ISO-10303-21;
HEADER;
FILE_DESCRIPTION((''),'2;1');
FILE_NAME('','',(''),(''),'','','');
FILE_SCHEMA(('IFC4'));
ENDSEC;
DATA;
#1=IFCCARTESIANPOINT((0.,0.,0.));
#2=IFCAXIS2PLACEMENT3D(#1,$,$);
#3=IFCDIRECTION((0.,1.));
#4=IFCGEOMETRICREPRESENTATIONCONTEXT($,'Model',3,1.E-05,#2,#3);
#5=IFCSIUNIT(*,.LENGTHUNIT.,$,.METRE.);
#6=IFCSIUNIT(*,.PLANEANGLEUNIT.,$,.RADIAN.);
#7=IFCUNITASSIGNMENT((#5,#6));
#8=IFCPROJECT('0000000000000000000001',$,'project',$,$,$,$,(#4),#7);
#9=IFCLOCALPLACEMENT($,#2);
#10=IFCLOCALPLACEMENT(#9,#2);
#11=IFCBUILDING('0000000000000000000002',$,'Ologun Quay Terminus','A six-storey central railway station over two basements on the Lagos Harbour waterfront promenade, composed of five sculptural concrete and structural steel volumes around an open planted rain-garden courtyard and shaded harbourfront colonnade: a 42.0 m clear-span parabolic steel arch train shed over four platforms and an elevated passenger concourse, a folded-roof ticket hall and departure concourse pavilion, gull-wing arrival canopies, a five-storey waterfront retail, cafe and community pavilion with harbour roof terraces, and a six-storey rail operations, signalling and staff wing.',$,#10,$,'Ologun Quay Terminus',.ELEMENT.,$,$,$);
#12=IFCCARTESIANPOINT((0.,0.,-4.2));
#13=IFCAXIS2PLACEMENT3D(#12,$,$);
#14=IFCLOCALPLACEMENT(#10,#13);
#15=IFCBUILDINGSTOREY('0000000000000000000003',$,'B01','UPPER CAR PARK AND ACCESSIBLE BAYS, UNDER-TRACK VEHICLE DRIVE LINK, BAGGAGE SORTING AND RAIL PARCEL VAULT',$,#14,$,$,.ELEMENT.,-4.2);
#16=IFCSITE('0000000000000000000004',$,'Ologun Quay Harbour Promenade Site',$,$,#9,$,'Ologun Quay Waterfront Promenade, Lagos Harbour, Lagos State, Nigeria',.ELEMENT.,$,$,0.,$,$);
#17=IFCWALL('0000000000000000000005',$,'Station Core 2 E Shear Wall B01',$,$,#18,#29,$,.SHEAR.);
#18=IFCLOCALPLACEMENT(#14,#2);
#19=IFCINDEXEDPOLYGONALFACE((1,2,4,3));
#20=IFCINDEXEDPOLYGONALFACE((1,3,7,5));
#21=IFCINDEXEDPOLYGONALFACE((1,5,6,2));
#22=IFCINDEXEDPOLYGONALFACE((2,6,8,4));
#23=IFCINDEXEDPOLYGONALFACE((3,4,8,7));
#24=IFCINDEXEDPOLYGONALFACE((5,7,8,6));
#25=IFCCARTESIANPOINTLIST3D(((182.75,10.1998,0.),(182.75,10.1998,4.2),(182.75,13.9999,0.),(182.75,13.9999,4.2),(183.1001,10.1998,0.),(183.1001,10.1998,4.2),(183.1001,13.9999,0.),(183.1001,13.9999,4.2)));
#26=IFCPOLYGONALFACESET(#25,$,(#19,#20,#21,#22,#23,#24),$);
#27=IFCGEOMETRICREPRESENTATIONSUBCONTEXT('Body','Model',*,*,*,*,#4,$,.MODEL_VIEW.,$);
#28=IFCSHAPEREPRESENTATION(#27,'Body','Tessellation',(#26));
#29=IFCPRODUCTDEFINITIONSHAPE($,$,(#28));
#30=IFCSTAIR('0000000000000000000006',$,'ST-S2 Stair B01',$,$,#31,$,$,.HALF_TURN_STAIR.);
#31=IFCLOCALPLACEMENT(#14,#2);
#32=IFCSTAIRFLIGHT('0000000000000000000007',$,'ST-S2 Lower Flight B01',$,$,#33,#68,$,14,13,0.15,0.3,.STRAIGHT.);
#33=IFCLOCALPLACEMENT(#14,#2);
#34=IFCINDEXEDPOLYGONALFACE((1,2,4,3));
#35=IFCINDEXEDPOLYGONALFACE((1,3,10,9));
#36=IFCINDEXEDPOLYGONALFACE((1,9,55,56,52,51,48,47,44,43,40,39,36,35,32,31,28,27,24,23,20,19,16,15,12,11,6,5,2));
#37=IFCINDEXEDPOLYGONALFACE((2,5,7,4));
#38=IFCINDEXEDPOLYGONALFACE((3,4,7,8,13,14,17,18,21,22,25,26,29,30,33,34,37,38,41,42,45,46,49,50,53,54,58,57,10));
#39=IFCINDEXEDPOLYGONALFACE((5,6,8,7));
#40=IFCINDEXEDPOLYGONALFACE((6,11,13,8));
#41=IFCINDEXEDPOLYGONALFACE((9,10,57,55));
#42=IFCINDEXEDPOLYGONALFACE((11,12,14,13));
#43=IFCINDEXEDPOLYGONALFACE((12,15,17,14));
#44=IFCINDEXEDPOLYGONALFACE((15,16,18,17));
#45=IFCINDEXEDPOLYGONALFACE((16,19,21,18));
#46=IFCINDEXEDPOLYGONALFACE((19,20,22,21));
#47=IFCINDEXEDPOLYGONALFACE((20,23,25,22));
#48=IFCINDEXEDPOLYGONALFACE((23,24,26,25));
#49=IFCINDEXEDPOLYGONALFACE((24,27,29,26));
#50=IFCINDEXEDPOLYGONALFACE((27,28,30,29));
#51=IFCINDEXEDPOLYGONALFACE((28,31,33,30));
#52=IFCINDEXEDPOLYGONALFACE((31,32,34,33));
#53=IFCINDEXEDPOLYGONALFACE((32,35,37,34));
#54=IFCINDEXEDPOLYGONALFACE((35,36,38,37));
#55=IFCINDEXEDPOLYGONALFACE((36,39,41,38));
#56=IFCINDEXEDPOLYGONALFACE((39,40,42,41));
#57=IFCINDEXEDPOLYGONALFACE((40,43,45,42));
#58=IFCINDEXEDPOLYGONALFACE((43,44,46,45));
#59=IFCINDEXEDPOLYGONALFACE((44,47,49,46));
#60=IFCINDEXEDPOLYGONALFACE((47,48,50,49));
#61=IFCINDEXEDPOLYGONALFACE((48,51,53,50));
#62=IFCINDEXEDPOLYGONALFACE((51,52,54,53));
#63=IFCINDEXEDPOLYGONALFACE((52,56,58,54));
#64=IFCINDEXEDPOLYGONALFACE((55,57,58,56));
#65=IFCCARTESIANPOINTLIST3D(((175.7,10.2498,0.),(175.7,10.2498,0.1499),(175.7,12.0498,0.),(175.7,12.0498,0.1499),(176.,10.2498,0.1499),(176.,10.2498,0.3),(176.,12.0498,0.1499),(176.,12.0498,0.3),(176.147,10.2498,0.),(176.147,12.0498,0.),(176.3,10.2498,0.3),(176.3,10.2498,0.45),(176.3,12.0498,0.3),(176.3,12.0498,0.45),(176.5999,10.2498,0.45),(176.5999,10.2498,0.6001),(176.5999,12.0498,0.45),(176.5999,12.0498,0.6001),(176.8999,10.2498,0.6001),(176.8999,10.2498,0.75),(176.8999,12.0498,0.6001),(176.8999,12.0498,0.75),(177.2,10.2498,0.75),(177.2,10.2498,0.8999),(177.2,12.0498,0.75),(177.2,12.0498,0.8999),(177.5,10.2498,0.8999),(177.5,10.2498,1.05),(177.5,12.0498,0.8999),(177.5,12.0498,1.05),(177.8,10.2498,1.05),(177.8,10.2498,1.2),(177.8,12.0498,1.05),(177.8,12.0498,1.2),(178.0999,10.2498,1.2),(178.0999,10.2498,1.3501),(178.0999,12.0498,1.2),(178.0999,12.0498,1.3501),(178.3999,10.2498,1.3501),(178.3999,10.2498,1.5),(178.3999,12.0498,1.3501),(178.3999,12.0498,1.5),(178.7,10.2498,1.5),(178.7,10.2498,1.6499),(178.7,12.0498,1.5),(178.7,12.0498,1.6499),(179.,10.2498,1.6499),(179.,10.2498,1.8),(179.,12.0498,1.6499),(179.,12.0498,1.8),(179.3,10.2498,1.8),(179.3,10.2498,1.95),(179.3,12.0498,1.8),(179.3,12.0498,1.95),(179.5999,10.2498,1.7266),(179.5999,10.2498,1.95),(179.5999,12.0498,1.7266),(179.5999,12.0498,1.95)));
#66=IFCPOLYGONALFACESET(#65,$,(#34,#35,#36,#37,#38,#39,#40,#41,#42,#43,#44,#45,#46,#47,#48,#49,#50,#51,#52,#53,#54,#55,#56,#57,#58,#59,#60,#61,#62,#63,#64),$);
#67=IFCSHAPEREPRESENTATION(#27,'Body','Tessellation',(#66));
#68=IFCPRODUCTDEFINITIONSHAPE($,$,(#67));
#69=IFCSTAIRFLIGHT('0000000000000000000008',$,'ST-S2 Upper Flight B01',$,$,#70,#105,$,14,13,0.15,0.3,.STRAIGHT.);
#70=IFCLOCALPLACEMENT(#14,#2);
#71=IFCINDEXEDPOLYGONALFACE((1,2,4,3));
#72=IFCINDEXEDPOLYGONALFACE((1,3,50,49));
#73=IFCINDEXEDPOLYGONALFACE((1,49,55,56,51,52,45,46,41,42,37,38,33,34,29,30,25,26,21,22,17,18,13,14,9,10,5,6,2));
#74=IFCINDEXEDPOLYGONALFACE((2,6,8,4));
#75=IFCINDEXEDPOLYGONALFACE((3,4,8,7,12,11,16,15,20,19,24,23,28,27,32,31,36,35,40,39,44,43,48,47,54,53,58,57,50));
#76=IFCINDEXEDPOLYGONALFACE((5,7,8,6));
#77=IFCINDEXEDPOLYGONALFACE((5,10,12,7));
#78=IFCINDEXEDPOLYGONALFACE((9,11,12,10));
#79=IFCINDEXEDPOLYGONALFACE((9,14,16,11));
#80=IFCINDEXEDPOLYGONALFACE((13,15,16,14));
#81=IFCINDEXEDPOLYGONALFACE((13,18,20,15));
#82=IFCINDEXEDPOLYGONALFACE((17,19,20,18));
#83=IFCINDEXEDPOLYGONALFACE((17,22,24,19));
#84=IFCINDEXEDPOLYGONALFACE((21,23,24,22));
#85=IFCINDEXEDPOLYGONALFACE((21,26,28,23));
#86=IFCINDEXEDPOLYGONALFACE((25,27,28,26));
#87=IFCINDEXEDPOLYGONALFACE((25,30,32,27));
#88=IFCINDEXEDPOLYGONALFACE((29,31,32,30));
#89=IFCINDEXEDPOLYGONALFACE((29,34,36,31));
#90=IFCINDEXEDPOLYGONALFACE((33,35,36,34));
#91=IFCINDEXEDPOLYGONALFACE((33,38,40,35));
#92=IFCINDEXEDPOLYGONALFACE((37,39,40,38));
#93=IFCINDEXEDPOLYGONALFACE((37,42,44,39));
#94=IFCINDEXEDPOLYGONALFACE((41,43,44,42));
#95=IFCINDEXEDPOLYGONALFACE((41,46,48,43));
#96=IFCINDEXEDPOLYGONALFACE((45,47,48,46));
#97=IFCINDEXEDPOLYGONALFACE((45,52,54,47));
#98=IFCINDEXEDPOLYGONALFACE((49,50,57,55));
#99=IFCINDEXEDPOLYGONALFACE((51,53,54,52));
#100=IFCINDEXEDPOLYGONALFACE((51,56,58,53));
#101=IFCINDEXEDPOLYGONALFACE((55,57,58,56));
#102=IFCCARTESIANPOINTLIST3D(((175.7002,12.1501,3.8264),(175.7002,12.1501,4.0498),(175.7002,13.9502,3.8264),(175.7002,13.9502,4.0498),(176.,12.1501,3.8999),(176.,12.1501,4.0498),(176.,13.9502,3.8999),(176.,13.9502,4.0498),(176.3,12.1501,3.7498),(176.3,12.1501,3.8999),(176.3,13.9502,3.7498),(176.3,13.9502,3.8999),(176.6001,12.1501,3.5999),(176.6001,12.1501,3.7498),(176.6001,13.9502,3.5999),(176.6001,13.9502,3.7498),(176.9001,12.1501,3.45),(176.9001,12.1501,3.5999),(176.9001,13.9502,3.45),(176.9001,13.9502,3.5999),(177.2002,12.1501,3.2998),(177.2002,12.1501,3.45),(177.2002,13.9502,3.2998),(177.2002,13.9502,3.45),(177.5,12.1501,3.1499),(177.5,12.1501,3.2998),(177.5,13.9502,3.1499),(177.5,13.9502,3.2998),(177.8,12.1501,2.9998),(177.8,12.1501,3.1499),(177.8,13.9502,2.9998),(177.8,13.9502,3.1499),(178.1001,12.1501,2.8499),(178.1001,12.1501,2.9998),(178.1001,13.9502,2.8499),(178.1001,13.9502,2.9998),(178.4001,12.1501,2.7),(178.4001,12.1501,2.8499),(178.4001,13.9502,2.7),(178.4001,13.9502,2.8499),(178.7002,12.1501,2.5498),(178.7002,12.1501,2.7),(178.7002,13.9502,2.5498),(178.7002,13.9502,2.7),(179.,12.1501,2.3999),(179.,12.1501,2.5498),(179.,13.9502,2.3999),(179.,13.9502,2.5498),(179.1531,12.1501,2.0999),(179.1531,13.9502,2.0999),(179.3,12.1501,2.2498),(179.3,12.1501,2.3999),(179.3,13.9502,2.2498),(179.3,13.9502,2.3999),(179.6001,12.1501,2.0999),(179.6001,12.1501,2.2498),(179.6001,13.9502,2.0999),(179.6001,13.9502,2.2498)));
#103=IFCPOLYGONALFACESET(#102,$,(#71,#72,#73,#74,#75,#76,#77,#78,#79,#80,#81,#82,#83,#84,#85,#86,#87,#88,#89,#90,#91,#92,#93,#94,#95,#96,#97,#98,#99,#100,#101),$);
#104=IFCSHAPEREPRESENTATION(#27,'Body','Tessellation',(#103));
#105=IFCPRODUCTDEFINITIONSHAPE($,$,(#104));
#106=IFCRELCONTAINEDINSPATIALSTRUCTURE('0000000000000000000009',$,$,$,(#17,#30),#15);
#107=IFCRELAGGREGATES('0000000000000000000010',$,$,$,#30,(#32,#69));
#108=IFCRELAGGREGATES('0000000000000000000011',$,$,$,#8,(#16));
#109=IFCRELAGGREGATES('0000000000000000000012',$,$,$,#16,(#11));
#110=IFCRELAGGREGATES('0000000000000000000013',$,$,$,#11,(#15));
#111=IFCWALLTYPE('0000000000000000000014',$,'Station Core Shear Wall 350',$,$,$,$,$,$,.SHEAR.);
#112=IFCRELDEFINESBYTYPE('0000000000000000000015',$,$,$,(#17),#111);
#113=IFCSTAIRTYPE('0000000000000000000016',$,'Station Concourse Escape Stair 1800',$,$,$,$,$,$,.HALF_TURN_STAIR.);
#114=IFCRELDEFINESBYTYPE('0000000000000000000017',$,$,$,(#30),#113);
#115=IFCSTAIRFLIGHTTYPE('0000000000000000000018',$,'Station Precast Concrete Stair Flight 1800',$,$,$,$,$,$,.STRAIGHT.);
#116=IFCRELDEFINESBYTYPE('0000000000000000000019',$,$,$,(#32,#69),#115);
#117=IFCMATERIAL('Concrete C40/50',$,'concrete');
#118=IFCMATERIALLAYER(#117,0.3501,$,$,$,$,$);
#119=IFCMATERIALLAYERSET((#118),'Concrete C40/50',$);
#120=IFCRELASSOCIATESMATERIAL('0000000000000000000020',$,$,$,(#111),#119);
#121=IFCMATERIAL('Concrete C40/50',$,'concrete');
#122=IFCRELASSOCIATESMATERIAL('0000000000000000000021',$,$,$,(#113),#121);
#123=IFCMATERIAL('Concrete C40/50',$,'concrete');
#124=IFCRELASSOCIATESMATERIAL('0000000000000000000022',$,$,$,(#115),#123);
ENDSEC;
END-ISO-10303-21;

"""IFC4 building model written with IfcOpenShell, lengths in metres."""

from ifc_helpers import new_model, si_unit, direction, frame, frame_2d, origin, place, context, subcontext, project, spatial, polyline, rectangle, outline, extrude, material, layer, layer_set, type_object, element, aggregate, save


model = new_model("IFC4")

# Units and contexts
model_context = context("Model", 3, precision=1e-05, world=origin(), true_north=direction((0.0, 1.0)))
body_context = subcontext(model_context, "Body", "Model", "MODEL_VIEW")
ifc_project = project(units=[si_unit("LENGTHUNIT", "METRE"), si_unit("PLANEANGLEUNIT", "RADIAN")], contexts=[model_context])

# Site, building, storey
site_placement = place(None, origin())
site = spatial("IfcSite", under=ifc_project, at=site_placement, Name="Ologun Quay Harbour Promenade Site", LongName="Ologun Quay Waterfront Promenade, Lagos Harbour, Lagos State, Nigeria", CompositionType="ELEMENT", RefElevation=0.0)
building_placement = place(site_placement, origin())
building = spatial("IfcBuilding", under=site, at=building_placement, Name="Ologun Quay Terminus", Description="A six-storey central railway station over two basements on the Lagos Harbour waterfront promenade, composed of five sculptural concrete and structural steel volumes around an open planted rain-garden courtyard and shaded harbourfront colonnade: a 42.0 m clear-span parabolic steel arch train shed over four platforms and an elevated passenger concourse, a folded-roof ticket hall and departure concourse pavilion, gull-wing arrival canopies, a five-storey waterfront retail, cafe and community pavilion with harbour roof terraces, and a six-storey rail operations, signalling and staff wing.", LongName="Ologun Quay Terminus", CompositionType="ELEMENT")
storey_placement = place(building_placement, frame((0.0, 0.0, -4.2)))
storey = spatial("IfcBuildingStorey", under=building, at=storey_placement, Name="B01", Description="UPPER CAR PARK AND ACCESSIBLE BAYS, UNDER-TRACK VEHICLE DRIVE LINK, BAGGAGE SORTING AND RAIL PARCEL VAULT", CompositionType="ELEMENT", Elevation=-4.2)

# Shared definitions
ifc_material_1 = material(Name="Concrete C40/50", Category="concrete")
ifc_layer_1 = layer(ifc_material_1, 0.3501)
ifc_layer_set_1 = layer_set([ifc_layer_1], Name="Concrete C40/50")
wall_type_1 = type_object("IfcWallType", Name="Station Core Shear Wall 350", PredefinedType="SHEAR", material=ifc_layer_set_1)

# Wall
wall_1_placement = place(storey_placement, frame((182.925, 10.2, 0.0), z_axis=(0.0, 0.0, 1.0), x_axis=(0.0, 1.0, 0.0)))
element("IfcWall", 1, at=wall_1_placement, inside=storey, type_object=wall_type_1, Name="Station Core 2 E Shear Wall B01", PredefinedType="SHEAR", context=body_context, shape_type="SweptSolid", body=[
    extrude(rectangle(XDim=3.8, YDim=0.3501, at=frame_2d((1.8999, 0.0))), origin(), (0.0, 0.0, 1.0), 4.2),
])

# Stair, stair flights
ifc_material_2 = material(Name="Concrete C40/50", Category="concrete")
stair_type = type_object("IfcStairType", Name="Station Concourse Escape Stair 1800", PredefinedType="HALF_TURN_STAIR", material=ifc_material_2)
stair_placement = place(storey_placement, origin())
stair = element("IfcStair", 2, at=stair_placement, inside=storey, type_object=stair_type, Name="ST-S2 Stair B01", PredefinedType="HALF_TURN_STAIR")
ifc_material_3 = material(Name="Concrete C40/50", Category="concrete")
stair_flight_type = type_object("IfcStairFlightType", Name="Station Precast Concrete Stair Flight 1800", PredefinedType="STRAIGHT", material=ifc_material_3)
stair_flight_1_placement = place(storey_placement, frame((175.7, 11.1499, 0.0), z_axis=(0.0, 0.0, 1.0), x_axis=(1.0, 0.0, 0.0)))
stair_flight_1 = element("IfcStairFlight", 3, at=stair_flight_1_placement, type_object=stair_flight_type, Name="ST-S2 Lower Flight B01", NumberOfRisers=14, NumberOfTreads=13, PredefinedType="STRAIGHT", RiserHeight=0.15, TreadLength=0.3, context=body_context, shape_type="SweptSolid", body=[
    extrude(outline(polyline([(0.0, 0.0), (0.0, 0.1499), (0.3, 0.1499), (0.3, 0.3), (0.6001, 0.3), (0.6001, 0.45), (0.8999, 0.45), (0.8999, 0.6001), (1.2, 0.6001), (1.2, 0.75), (1.5, 0.75), (1.5, 0.8999), (1.8, 0.8999), (1.8, 1.05), (2.1001, 1.05), (2.1001, 1.2), (2.3999, 1.2), (2.3999, 1.3501), (2.7, 1.3501), (2.7, 1.5), (3.0, 1.5), (3.0, 1.6499), (3.3, 1.6499), (3.3, 1.8), (3.6001, 1.8), (3.6001, 1.95), (3.8999, 1.95), (3.8999, 2.1001), (3.8999, 1.7266), (0.447, 0.0), (0.0, 0.0)])), frame((0.0, 0.8999, 0.0), z_axis=(0.0, -1.0, 0.0), x_axis=(1.0, 0.0, 0.0)), (0.0, 0.0, 1.0), 1.8),
])
stair_flight_2_placement = place(storey_placement, frame((179.6001, 13.05, 2.0999), z_axis=(0.0, 0.0, 1.0), x_axis=(-1.0, 0.0, 0.0)))
stair_flight_2 = element("IfcStairFlight", 4, at=stair_flight_2_placement, type_object=stair_flight_type, Name="ST-S2 Upper Flight B01", NumberOfRisers=14, NumberOfTreads=13, PredefinedType="STRAIGHT", RiserHeight=0.15, TreadLength=0.3, context=body_context, shape_type="SweptSolid", body=[
    extrude(outline(polyline([(0.0, 0.0), (0.0, 0.1499), (0.3, 0.1499), (0.3, 0.3), (0.6001, 0.3), (0.6001, 0.45), (0.8999, 0.45), (0.8999, 0.6001), (1.2, 0.6001), (1.2, 0.75), (1.5, 0.75), (1.5, 0.8999), (1.8, 0.8999), (1.8, 1.05), (2.1001, 1.05), (2.1001, 1.2), (2.3999, 1.2), (2.3999, 1.3501), (2.7, 1.3501), (2.7, 1.5), (3.0, 1.5), (3.0, 1.6499), (3.3, 1.6499), (3.3, 1.8), (3.6001, 1.8), (3.6001, 1.95), (3.8999, 1.95), (3.8999, 2.1001), (3.8999, 1.7266), (0.447, 0.0), (0.0, 0.0)])), frame((0.0, 0.8999, 0.0), z_axis=(0.0, -1.0, 0.0), x_axis=(1.0, 0.0, 0.0)), (0.0, 0.0, 1.0), 1.8),
])
aggregate(stair, [stair_flight_1, stair_flight_2])

save(model, "model.ifc")
